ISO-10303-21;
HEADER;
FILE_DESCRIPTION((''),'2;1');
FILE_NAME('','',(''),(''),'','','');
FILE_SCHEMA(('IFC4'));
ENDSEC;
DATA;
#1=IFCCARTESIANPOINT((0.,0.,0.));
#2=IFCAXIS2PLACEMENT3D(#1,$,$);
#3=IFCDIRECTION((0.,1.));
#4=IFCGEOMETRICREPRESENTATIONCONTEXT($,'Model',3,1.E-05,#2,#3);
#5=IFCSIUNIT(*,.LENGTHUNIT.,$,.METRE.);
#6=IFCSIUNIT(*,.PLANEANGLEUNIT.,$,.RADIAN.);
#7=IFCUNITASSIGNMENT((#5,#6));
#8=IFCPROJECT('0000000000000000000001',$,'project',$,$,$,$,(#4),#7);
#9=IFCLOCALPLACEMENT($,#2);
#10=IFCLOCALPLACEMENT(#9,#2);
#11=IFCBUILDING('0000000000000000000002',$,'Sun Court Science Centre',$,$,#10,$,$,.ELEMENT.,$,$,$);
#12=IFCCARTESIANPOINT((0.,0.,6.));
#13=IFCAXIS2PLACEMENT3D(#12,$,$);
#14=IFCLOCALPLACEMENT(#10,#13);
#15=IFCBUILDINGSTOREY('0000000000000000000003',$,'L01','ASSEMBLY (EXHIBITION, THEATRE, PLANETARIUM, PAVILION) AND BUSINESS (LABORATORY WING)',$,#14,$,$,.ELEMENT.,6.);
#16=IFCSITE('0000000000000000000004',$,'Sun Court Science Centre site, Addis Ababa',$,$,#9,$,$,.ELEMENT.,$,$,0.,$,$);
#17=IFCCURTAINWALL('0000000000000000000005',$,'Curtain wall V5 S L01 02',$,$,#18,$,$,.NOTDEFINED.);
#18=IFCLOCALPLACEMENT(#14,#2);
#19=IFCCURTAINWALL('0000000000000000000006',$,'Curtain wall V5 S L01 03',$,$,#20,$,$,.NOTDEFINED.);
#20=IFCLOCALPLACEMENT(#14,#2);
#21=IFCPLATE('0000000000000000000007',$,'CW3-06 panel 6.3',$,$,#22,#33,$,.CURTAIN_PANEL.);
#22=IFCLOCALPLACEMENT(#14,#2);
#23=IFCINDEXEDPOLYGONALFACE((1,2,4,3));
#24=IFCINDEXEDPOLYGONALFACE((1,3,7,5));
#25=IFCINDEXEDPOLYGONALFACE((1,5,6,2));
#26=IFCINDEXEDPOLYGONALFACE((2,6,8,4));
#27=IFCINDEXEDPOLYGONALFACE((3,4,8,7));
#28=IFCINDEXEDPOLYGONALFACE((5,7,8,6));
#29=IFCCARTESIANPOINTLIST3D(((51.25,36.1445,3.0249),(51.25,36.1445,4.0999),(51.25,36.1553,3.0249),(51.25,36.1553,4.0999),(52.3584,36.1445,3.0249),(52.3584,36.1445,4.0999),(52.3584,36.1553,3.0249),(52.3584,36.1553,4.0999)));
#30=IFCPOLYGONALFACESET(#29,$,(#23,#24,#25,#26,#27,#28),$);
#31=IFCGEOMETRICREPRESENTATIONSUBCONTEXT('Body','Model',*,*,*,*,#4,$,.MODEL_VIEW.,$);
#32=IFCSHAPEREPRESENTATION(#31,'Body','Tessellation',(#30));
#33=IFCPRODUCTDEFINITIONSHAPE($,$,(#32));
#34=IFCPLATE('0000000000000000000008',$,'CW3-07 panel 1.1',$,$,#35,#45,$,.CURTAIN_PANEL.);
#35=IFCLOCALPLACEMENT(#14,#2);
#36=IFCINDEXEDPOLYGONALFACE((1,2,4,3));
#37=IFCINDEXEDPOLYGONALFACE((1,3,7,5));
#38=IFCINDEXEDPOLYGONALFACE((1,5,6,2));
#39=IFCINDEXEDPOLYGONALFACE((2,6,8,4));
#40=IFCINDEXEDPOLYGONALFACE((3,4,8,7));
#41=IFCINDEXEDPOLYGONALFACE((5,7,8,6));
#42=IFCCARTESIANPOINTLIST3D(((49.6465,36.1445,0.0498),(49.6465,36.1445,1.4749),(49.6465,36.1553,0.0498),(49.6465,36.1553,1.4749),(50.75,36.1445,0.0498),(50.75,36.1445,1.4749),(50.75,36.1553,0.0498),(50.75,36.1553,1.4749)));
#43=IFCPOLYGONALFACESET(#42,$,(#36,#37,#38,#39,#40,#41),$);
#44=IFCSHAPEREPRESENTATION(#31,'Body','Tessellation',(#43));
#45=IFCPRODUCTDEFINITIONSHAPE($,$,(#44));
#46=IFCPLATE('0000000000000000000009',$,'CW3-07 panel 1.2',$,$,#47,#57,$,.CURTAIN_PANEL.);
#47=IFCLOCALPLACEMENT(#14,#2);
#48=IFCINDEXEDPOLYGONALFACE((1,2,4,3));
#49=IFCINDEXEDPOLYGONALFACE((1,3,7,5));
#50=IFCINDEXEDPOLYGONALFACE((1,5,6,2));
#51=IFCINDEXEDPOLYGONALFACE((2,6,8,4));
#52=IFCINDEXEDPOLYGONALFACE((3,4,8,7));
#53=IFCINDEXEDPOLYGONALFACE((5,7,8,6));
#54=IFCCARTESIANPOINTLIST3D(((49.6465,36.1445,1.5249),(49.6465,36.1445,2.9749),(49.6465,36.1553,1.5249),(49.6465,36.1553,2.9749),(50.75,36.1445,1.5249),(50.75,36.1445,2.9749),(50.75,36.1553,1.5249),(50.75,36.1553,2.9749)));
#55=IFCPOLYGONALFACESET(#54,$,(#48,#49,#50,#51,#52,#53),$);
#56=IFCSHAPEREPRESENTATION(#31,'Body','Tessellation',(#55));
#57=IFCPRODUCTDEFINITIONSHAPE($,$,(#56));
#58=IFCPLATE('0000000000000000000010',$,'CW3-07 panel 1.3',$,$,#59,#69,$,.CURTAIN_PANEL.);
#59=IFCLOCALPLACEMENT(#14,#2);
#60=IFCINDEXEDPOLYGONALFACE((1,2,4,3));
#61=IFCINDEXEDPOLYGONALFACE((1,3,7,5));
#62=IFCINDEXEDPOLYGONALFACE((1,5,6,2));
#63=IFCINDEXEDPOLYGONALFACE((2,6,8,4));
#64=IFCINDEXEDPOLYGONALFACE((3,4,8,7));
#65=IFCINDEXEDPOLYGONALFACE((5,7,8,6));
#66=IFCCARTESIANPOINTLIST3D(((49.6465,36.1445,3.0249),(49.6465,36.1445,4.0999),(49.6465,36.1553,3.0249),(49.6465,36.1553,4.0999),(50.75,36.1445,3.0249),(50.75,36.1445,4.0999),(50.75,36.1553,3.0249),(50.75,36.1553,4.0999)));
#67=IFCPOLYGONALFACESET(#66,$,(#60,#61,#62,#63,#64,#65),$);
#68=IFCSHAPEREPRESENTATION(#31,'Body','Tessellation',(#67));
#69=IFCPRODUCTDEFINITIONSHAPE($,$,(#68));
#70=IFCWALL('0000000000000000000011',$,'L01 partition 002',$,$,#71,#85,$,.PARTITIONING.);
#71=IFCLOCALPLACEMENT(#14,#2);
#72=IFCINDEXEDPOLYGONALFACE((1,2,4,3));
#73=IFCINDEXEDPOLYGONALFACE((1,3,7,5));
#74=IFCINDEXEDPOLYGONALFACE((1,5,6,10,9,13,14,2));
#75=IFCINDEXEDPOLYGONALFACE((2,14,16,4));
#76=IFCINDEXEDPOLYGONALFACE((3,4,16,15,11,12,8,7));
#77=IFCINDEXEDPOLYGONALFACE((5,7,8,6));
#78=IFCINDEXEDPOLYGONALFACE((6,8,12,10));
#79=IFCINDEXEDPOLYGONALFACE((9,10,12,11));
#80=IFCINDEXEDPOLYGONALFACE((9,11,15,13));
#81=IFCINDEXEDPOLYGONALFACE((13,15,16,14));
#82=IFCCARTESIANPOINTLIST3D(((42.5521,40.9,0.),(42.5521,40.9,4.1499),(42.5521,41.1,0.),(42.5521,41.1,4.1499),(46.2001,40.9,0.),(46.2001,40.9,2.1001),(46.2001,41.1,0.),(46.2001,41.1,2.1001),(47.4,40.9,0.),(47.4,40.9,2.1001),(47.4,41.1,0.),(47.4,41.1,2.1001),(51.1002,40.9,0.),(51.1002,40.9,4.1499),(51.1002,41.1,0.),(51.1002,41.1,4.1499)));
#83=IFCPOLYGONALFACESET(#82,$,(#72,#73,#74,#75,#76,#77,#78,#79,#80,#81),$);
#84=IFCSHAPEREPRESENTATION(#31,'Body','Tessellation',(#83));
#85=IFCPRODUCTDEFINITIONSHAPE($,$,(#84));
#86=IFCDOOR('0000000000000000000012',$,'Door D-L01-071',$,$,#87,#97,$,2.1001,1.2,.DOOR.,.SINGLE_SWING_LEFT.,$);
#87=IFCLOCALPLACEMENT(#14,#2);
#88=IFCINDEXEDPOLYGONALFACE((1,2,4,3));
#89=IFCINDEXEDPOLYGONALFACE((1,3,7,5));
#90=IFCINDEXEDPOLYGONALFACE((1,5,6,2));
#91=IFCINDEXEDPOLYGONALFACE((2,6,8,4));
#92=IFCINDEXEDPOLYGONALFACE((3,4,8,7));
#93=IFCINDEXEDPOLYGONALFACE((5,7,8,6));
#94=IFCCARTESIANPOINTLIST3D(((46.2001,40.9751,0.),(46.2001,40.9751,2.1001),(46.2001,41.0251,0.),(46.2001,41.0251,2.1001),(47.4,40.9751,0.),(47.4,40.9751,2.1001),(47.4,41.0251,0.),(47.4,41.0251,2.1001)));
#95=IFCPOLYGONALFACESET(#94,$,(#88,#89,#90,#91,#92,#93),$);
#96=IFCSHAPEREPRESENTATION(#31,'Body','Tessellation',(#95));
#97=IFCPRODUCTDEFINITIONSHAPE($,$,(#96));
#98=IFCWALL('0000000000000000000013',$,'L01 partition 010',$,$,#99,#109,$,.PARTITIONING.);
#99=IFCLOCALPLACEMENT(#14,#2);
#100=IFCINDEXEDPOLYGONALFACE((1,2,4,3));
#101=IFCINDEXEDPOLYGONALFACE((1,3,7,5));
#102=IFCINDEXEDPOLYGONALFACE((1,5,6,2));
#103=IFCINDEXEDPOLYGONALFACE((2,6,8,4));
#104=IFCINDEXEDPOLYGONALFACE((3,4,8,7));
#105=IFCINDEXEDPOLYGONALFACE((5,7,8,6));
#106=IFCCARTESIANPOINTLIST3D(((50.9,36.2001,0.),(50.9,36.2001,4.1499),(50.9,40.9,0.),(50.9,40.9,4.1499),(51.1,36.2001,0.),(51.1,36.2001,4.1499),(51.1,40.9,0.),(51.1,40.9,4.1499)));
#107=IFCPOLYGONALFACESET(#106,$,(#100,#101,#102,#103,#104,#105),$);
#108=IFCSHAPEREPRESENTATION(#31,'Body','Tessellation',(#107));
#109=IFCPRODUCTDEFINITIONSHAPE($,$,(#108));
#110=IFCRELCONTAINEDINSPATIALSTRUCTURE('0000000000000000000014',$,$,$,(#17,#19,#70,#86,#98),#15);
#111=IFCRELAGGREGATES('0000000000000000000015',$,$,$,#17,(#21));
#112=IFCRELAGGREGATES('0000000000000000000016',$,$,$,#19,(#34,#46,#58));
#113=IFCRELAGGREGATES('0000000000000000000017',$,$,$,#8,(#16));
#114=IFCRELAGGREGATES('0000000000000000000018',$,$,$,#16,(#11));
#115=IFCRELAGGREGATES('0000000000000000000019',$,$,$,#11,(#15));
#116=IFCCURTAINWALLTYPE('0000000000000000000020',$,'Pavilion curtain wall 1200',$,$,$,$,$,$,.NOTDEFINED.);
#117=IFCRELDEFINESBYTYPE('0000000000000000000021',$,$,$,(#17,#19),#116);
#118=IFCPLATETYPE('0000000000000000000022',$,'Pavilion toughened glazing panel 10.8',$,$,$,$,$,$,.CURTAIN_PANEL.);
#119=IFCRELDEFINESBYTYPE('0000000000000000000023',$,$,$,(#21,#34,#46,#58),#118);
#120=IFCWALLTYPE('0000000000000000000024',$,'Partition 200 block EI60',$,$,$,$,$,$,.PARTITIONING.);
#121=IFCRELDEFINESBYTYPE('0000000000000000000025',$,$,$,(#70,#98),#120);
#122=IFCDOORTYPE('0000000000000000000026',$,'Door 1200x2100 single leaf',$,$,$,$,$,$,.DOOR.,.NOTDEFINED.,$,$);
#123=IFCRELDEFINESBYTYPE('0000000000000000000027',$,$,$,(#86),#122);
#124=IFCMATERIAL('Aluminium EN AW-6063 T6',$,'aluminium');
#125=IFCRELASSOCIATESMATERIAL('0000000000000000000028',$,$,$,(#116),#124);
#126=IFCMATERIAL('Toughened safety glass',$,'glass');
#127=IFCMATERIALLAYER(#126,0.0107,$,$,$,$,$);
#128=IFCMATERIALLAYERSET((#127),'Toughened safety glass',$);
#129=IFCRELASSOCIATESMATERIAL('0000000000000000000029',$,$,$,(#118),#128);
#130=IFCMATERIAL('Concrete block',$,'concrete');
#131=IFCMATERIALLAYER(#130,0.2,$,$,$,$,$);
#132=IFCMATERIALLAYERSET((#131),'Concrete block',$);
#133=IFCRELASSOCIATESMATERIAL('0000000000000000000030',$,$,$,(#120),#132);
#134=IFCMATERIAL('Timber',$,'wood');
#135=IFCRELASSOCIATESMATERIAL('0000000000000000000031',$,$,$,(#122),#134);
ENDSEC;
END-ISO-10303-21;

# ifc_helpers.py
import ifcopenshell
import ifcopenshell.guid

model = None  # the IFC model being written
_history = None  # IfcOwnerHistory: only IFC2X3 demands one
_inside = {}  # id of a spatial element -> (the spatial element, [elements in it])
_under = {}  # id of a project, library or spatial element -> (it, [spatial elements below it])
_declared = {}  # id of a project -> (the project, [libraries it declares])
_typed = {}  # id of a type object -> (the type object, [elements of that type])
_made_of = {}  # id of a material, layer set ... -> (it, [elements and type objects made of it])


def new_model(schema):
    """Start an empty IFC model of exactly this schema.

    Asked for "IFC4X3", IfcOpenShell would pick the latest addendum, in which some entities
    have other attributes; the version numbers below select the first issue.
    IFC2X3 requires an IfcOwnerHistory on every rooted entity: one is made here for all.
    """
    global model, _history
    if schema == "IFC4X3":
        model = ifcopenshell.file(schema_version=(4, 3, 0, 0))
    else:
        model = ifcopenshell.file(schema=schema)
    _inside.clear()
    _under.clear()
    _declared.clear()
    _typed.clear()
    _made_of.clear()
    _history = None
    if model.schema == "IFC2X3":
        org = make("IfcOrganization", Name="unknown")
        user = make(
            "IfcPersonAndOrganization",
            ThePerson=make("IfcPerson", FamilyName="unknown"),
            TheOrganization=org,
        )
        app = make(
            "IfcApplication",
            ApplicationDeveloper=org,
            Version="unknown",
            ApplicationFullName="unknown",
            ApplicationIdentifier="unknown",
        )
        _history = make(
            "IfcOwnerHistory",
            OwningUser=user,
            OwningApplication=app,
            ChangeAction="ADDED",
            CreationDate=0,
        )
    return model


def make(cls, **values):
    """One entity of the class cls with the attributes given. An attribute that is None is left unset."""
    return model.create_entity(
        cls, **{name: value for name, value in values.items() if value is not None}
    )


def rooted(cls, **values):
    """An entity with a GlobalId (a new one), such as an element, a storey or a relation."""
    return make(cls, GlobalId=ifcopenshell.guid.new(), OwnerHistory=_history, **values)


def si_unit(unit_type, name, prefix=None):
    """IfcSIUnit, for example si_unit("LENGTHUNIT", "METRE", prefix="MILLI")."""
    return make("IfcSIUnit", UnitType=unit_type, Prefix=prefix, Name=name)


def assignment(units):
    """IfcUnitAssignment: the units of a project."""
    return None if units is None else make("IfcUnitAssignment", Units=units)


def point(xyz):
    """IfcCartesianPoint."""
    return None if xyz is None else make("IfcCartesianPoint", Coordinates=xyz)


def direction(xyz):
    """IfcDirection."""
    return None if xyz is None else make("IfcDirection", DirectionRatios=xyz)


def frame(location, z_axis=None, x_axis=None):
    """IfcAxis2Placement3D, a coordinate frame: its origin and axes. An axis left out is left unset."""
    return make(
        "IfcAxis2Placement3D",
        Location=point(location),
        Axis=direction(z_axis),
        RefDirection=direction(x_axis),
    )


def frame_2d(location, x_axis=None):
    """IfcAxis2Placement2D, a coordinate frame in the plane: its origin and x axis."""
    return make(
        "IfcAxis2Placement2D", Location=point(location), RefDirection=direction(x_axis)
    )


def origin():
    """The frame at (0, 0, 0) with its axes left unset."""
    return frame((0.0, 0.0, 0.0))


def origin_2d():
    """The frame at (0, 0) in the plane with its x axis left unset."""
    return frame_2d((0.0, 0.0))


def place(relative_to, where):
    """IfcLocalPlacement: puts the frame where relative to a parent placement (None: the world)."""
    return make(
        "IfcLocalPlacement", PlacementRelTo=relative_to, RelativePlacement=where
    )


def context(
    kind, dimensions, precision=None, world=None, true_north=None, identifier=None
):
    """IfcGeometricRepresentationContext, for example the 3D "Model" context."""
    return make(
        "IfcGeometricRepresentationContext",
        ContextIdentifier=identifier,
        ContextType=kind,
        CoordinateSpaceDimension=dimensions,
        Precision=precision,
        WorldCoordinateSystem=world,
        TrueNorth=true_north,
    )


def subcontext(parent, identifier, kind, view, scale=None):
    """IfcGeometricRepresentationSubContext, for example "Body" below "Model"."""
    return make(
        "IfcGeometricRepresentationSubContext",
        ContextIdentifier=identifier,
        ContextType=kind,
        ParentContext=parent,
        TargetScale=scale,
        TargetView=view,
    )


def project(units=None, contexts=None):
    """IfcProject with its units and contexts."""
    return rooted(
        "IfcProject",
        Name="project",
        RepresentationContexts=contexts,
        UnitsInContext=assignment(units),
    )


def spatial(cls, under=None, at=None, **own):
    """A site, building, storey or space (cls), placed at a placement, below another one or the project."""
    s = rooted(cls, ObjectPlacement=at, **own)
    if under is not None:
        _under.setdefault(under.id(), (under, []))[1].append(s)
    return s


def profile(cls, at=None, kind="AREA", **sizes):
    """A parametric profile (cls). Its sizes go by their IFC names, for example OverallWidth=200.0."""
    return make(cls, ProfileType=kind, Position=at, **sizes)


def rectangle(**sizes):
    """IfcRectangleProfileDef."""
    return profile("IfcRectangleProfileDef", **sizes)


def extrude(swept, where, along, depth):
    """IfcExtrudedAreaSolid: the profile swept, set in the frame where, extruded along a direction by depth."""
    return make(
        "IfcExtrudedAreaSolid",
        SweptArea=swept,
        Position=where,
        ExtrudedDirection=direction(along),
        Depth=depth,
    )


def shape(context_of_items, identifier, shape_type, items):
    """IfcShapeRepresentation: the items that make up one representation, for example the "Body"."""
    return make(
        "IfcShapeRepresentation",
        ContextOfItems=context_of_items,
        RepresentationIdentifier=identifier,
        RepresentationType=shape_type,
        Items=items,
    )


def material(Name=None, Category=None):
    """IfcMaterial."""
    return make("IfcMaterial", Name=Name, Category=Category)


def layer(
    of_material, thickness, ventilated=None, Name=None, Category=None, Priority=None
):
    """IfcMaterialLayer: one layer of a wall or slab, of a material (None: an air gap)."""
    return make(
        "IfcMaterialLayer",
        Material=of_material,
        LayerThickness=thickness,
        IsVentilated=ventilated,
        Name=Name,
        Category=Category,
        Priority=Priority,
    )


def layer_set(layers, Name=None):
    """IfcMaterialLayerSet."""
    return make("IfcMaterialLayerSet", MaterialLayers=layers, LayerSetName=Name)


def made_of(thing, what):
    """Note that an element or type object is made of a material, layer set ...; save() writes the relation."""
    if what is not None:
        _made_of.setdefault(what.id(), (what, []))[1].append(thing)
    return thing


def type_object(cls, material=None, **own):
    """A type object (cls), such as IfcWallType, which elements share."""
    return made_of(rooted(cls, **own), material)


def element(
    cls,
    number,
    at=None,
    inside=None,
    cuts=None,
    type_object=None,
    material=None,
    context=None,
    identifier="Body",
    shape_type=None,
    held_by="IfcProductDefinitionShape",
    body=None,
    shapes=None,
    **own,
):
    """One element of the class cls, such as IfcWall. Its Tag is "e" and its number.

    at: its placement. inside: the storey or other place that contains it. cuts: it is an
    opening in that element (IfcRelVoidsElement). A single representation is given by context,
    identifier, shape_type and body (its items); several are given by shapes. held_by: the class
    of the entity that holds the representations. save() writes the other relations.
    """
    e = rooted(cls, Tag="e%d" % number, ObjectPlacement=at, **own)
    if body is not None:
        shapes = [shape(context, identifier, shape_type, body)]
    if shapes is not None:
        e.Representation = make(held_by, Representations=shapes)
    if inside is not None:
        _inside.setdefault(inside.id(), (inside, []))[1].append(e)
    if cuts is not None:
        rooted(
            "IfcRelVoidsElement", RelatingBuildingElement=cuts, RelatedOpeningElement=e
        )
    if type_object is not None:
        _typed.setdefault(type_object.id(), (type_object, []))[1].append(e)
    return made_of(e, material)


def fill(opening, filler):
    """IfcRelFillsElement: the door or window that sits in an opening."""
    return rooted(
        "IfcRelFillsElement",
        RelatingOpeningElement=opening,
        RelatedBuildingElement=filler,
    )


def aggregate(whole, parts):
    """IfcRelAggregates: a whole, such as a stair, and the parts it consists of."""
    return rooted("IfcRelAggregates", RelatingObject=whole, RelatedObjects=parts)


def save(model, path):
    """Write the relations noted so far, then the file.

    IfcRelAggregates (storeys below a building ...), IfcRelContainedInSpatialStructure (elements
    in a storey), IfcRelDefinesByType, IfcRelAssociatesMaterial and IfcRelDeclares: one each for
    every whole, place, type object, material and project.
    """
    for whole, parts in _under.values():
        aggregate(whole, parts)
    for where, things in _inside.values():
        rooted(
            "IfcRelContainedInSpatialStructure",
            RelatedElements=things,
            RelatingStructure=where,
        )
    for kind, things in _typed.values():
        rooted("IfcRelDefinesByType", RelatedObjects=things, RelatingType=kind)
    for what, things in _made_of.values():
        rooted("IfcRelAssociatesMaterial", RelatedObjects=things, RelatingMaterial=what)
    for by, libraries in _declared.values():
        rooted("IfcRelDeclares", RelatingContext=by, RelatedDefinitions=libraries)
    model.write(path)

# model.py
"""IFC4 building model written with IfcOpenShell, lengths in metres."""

from ifc_helpers import new_model, si_unit, direction, frame, frame_2d, origin, origin_2d, place, context, subcontext, project, spatial, rectangle, extrude, material, layer, layer_set, type_object, element, fill, aggregate, save


model = new_model("IFC4")

# Units and contexts
model_context = context("Model", 3, precision=1e-05, world=origin(), true_north=direction((0.0, 1.0)))
body_context = subcontext(model_context, "Body", "Model", "MODEL_VIEW")
ifc_project = project(units=[si_unit("LENGTHUNIT", "METRE"), si_unit("PLANEANGLEUNIT", "RADIAN")], contexts=[model_context])

# Site, building, storey
site_placement = place(None, origin())
site = spatial("IfcSite", under=ifc_project, at=site_placement, Name="Sun Court Science Centre site, Addis Ababa", CompositionType="ELEMENT", RefElevation=0.0)
building_placement = place(site_placement, origin())
building = spatial("IfcBuilding", under=site, at=building_placement, Name="Sun Court Science Centre", CompositionType="ELEMENT")
storey_placement = place(building_placement, frame((0.0, 0.0, 6.0)))
storey = spatial("IfcBuildingStorey", under=building, at=storey_placement, Name="L01", Description="ASSEMBLY (EXHIBITION, THEATRE, PLANETARIUM, PAVILION) AND BUSINESS (LABORATORY WING)", CompositionType="ELEMENT", Elevation=6.0)

# Curtain wall
ifc_material_1 = material(Name="Aluminium EN AW-6063 T6", Category="aluminium")
curtain_wall_type = type_object("IfcCurtainWallType", Name="Pavilion curtain wall 1200", PredefinedType="NOTDEFINED", material=ifc_material_1)
curtain_wall_1_placement = place(storey_placement, origin())
curtain_wall_1 = element("IfcCurtainWall", 1, at=curtain_wall_1_placement, inside=storey, type_object=curtain_wall_type, Name="Curtain wall V5 S L01 02", PredefinedType="NOTDEFINED")

# Curtain wall
curtain_wall_2_placement = place(storey_placement, origin())
curtain_wall_2 = element("IfcCurtainWall", 2, at=curtain_wall_2_placement, inside=storey, type_object=curtain_wall_type, Name="Curtain wall V5 S L01 03", PredefinedType="NOTDEFINED")

# Plates
ifc_material_2 = material(Name="Toughened safety glass", Category="glass")
ifc_layer_1 = layer(ifc_material_2, 0.0107)
ifc_layer_set_1 = layer_set([ifc_layer_1], Name="Toughened safety glass")
plate_type = type_object("IfcPlateType", Name="Pavilion toughened glazing panel 10.8", PredefinedType="CURTAIN_PANEL", material=ifc_layer_set_1)
plate_1_placement = place(storey_placement, frame((51.8042, 36.1499, 3.0249), z_axis=(0.0, 0.0, 1.0), x_axis=(-1.0, 0.0, 0.0)))
plate_1 = element("IfcPlate", 3, at=plate_1_placement, type_object=plate_type, Name="CW3-06 panel 6.3", PredefinedType="CURTAIN_PANEL", context=body_context, shape_type="SweptSolid", body=[
    extrude(rectangle(XDim=1.1084, YDim=0.0107, at=origin_2d()), origin(), (0.0, 0.0, 1.0), 1.075),
])
aggregate(curtain_wall_1, [plate_1])
plate_2_placement = place(storey_placement, frame((50.1982, 36.1499, 0.0498), z_axis=(0.0, 0.0, 1.0), x_axis=(-1.0, 0.0, 0.0)))
plate_2 = element("IfcPlate", 4, at=plate_2_placement, type_object=plate_type, Name="CW3-07 panel 1.1", PredefinedType="CURTAIN_PANEL", context=body_context, shape_type="SweptSolid", body=[
    extrude(rectangle(XDim=1.1035, YDim=0.0107, at=origin_2d()), origin(), (0.0, 0.0, 1.0), 1.425),
])
plate_3_placement = place(storey_placement, frame((50.1982, 36.1499, 1.5249), z_axis=(0.0, 0.0, 1.0), x_axis=(-1.0, 0.0, 0.0)))
plate_3 = element("IfcPlate", 5, at=plate_3_placement, type_object=plate_type, Name="CW3-07 panel 1.2", PredefinedType="CURTAIN_PANEL", context=body_context, shape_type="SweptSolid", body=[
    extrude(rectangle(XDim=1.1035, YDim=0.0107, at=origin_2d()), origin(), (0.0, 0.0, 1.0), 1.45),
])
plate_4_placement = place(storey_placement, frame((50.1982, 36.1499, 3.0249), z_axis=(0.0, 0.0, 1.0), x_axis=(-1.0, 0.0, 0.0)))
plate_4 = element("IfcPlate", 6, at=plate_4_placement, type_object=plate_type, Name="CW3-07 panel 1.3", PredefinedType="CURTAIN_PANEL", context=body_context, shape_type="SweptSolid", body=[
    extrude(rectangle(XDim=1.1035, YDim=0.0107, at=origin_2d()), origin(), (0.0, 0.0, 1.0), 1.075),
])
aggregate(curtain_wall_2, [plate_2, plate_3, plate_4])

# Wall, opening, door
ifc_material_3 = material(Name="Concrete block", Category="concrete")
ifc_layer_2 = layer(ifc_material_3, 0.2)
ifc_layer_set_2 = layer_set([ifc_layer_2], Name="Concrete block")
wall_type = type_object("IfcWallType", Name="Partition 200 block EI60", PredefinedType="PARTITIONING", material=ifc_layer_set_2)
wall_1_placement = place(storey_placement, frame((51.1001, 41.0, 0.0), z_axis=(0.0, 0.0, 1.0), x_axis=(-1.0, 0.0, 0.0)))
wall_1 = element("IfcWall", 7, at=wall_1_placement, inside=storey, type_object=wall_type, Name="L01 partition 002", PredefinedType="PARTITIONING", context=body_context, shape_type="SweptSolid", body=[
    extrude(rectangle(XDim=8.5481, YDim=0.2, at=frame_2d((4.2739, 0.0))), origin(), (0.0, 0.0, 1.0), 4.1499),
])
opening_placement = place(wall_1_placement, frame((3.7, 0.0, 0.0)))
opening = element("IfcOpeningElement", 8, at=opening_placement, cuts=wall_1, PredefinedType="OPENING", context=body_context, shape_type="SweptSolid", body=[
    extrude(rectangle(XDim=1.2, YDim=2.1001, at=frame_2d((0.6001, 1.05))), frame((0.0, 0.1099, 0.0), z_axis=(0.0, -1.0, 0.0), x_axis=(1.0, 0.0, 0.0)), (0.0, 0.0, 1.0), 0.22),
])
ifc_material_4 = material(Name="Timber", Category="wood")
door_type = type_object("IfcDoorType", Name="Door 1200x2100 single leaf", OperationType="NOTDEFINED", PredefinedType="DOOR", material=ifc_material_4)
door_placement = place(opening_placement, origin())
door = element("IfcDoor", 9, at=door_placement, inside=storey, type_object=door_type, Name="Door D-L01-071", OperationType="SINGLE_SWING_LEFT", OverallHeight=2.1001, OverallWidth=1.2, PredefinedType="DOOR", context=body_context, shape_type="SweptSolid", body=[
    extrude(rectangle(XDim=1.2, YDim=2.1001, at=frame_2d((0.6001, 1.05))), frame((0.0, 0.0249, 0.0), z_axis=(0.0, -1.0, 0.0), x_axis=(1.0, 0.0, 0.0)), (0.0, 0.0, 1.0), 0.05),
])
fill(opening, door)

# Wall
wall_2_placement = place(storey_placement, frame((51.0, 36.2, 0.0), z_axis=(0.0, 0.0, 1.0), x_axis=(0.0, 1.0, 0.0)))
element("IfcWall", 10, at=wall_2_placement, inside=storey, type_object=wall_type, Name="L01 partition 010", PredefinedType="PARTITIONING", context=body_context, shape_type="SweptSolid", body=[
    extrude(rectangle(XDim=4.7, YDim=0.2, at=frame_2d((2.3501, 0.0))), origin(), (0.0, 0.0, 1.0), 4.1499),
])

save(model, "model.ifc")
